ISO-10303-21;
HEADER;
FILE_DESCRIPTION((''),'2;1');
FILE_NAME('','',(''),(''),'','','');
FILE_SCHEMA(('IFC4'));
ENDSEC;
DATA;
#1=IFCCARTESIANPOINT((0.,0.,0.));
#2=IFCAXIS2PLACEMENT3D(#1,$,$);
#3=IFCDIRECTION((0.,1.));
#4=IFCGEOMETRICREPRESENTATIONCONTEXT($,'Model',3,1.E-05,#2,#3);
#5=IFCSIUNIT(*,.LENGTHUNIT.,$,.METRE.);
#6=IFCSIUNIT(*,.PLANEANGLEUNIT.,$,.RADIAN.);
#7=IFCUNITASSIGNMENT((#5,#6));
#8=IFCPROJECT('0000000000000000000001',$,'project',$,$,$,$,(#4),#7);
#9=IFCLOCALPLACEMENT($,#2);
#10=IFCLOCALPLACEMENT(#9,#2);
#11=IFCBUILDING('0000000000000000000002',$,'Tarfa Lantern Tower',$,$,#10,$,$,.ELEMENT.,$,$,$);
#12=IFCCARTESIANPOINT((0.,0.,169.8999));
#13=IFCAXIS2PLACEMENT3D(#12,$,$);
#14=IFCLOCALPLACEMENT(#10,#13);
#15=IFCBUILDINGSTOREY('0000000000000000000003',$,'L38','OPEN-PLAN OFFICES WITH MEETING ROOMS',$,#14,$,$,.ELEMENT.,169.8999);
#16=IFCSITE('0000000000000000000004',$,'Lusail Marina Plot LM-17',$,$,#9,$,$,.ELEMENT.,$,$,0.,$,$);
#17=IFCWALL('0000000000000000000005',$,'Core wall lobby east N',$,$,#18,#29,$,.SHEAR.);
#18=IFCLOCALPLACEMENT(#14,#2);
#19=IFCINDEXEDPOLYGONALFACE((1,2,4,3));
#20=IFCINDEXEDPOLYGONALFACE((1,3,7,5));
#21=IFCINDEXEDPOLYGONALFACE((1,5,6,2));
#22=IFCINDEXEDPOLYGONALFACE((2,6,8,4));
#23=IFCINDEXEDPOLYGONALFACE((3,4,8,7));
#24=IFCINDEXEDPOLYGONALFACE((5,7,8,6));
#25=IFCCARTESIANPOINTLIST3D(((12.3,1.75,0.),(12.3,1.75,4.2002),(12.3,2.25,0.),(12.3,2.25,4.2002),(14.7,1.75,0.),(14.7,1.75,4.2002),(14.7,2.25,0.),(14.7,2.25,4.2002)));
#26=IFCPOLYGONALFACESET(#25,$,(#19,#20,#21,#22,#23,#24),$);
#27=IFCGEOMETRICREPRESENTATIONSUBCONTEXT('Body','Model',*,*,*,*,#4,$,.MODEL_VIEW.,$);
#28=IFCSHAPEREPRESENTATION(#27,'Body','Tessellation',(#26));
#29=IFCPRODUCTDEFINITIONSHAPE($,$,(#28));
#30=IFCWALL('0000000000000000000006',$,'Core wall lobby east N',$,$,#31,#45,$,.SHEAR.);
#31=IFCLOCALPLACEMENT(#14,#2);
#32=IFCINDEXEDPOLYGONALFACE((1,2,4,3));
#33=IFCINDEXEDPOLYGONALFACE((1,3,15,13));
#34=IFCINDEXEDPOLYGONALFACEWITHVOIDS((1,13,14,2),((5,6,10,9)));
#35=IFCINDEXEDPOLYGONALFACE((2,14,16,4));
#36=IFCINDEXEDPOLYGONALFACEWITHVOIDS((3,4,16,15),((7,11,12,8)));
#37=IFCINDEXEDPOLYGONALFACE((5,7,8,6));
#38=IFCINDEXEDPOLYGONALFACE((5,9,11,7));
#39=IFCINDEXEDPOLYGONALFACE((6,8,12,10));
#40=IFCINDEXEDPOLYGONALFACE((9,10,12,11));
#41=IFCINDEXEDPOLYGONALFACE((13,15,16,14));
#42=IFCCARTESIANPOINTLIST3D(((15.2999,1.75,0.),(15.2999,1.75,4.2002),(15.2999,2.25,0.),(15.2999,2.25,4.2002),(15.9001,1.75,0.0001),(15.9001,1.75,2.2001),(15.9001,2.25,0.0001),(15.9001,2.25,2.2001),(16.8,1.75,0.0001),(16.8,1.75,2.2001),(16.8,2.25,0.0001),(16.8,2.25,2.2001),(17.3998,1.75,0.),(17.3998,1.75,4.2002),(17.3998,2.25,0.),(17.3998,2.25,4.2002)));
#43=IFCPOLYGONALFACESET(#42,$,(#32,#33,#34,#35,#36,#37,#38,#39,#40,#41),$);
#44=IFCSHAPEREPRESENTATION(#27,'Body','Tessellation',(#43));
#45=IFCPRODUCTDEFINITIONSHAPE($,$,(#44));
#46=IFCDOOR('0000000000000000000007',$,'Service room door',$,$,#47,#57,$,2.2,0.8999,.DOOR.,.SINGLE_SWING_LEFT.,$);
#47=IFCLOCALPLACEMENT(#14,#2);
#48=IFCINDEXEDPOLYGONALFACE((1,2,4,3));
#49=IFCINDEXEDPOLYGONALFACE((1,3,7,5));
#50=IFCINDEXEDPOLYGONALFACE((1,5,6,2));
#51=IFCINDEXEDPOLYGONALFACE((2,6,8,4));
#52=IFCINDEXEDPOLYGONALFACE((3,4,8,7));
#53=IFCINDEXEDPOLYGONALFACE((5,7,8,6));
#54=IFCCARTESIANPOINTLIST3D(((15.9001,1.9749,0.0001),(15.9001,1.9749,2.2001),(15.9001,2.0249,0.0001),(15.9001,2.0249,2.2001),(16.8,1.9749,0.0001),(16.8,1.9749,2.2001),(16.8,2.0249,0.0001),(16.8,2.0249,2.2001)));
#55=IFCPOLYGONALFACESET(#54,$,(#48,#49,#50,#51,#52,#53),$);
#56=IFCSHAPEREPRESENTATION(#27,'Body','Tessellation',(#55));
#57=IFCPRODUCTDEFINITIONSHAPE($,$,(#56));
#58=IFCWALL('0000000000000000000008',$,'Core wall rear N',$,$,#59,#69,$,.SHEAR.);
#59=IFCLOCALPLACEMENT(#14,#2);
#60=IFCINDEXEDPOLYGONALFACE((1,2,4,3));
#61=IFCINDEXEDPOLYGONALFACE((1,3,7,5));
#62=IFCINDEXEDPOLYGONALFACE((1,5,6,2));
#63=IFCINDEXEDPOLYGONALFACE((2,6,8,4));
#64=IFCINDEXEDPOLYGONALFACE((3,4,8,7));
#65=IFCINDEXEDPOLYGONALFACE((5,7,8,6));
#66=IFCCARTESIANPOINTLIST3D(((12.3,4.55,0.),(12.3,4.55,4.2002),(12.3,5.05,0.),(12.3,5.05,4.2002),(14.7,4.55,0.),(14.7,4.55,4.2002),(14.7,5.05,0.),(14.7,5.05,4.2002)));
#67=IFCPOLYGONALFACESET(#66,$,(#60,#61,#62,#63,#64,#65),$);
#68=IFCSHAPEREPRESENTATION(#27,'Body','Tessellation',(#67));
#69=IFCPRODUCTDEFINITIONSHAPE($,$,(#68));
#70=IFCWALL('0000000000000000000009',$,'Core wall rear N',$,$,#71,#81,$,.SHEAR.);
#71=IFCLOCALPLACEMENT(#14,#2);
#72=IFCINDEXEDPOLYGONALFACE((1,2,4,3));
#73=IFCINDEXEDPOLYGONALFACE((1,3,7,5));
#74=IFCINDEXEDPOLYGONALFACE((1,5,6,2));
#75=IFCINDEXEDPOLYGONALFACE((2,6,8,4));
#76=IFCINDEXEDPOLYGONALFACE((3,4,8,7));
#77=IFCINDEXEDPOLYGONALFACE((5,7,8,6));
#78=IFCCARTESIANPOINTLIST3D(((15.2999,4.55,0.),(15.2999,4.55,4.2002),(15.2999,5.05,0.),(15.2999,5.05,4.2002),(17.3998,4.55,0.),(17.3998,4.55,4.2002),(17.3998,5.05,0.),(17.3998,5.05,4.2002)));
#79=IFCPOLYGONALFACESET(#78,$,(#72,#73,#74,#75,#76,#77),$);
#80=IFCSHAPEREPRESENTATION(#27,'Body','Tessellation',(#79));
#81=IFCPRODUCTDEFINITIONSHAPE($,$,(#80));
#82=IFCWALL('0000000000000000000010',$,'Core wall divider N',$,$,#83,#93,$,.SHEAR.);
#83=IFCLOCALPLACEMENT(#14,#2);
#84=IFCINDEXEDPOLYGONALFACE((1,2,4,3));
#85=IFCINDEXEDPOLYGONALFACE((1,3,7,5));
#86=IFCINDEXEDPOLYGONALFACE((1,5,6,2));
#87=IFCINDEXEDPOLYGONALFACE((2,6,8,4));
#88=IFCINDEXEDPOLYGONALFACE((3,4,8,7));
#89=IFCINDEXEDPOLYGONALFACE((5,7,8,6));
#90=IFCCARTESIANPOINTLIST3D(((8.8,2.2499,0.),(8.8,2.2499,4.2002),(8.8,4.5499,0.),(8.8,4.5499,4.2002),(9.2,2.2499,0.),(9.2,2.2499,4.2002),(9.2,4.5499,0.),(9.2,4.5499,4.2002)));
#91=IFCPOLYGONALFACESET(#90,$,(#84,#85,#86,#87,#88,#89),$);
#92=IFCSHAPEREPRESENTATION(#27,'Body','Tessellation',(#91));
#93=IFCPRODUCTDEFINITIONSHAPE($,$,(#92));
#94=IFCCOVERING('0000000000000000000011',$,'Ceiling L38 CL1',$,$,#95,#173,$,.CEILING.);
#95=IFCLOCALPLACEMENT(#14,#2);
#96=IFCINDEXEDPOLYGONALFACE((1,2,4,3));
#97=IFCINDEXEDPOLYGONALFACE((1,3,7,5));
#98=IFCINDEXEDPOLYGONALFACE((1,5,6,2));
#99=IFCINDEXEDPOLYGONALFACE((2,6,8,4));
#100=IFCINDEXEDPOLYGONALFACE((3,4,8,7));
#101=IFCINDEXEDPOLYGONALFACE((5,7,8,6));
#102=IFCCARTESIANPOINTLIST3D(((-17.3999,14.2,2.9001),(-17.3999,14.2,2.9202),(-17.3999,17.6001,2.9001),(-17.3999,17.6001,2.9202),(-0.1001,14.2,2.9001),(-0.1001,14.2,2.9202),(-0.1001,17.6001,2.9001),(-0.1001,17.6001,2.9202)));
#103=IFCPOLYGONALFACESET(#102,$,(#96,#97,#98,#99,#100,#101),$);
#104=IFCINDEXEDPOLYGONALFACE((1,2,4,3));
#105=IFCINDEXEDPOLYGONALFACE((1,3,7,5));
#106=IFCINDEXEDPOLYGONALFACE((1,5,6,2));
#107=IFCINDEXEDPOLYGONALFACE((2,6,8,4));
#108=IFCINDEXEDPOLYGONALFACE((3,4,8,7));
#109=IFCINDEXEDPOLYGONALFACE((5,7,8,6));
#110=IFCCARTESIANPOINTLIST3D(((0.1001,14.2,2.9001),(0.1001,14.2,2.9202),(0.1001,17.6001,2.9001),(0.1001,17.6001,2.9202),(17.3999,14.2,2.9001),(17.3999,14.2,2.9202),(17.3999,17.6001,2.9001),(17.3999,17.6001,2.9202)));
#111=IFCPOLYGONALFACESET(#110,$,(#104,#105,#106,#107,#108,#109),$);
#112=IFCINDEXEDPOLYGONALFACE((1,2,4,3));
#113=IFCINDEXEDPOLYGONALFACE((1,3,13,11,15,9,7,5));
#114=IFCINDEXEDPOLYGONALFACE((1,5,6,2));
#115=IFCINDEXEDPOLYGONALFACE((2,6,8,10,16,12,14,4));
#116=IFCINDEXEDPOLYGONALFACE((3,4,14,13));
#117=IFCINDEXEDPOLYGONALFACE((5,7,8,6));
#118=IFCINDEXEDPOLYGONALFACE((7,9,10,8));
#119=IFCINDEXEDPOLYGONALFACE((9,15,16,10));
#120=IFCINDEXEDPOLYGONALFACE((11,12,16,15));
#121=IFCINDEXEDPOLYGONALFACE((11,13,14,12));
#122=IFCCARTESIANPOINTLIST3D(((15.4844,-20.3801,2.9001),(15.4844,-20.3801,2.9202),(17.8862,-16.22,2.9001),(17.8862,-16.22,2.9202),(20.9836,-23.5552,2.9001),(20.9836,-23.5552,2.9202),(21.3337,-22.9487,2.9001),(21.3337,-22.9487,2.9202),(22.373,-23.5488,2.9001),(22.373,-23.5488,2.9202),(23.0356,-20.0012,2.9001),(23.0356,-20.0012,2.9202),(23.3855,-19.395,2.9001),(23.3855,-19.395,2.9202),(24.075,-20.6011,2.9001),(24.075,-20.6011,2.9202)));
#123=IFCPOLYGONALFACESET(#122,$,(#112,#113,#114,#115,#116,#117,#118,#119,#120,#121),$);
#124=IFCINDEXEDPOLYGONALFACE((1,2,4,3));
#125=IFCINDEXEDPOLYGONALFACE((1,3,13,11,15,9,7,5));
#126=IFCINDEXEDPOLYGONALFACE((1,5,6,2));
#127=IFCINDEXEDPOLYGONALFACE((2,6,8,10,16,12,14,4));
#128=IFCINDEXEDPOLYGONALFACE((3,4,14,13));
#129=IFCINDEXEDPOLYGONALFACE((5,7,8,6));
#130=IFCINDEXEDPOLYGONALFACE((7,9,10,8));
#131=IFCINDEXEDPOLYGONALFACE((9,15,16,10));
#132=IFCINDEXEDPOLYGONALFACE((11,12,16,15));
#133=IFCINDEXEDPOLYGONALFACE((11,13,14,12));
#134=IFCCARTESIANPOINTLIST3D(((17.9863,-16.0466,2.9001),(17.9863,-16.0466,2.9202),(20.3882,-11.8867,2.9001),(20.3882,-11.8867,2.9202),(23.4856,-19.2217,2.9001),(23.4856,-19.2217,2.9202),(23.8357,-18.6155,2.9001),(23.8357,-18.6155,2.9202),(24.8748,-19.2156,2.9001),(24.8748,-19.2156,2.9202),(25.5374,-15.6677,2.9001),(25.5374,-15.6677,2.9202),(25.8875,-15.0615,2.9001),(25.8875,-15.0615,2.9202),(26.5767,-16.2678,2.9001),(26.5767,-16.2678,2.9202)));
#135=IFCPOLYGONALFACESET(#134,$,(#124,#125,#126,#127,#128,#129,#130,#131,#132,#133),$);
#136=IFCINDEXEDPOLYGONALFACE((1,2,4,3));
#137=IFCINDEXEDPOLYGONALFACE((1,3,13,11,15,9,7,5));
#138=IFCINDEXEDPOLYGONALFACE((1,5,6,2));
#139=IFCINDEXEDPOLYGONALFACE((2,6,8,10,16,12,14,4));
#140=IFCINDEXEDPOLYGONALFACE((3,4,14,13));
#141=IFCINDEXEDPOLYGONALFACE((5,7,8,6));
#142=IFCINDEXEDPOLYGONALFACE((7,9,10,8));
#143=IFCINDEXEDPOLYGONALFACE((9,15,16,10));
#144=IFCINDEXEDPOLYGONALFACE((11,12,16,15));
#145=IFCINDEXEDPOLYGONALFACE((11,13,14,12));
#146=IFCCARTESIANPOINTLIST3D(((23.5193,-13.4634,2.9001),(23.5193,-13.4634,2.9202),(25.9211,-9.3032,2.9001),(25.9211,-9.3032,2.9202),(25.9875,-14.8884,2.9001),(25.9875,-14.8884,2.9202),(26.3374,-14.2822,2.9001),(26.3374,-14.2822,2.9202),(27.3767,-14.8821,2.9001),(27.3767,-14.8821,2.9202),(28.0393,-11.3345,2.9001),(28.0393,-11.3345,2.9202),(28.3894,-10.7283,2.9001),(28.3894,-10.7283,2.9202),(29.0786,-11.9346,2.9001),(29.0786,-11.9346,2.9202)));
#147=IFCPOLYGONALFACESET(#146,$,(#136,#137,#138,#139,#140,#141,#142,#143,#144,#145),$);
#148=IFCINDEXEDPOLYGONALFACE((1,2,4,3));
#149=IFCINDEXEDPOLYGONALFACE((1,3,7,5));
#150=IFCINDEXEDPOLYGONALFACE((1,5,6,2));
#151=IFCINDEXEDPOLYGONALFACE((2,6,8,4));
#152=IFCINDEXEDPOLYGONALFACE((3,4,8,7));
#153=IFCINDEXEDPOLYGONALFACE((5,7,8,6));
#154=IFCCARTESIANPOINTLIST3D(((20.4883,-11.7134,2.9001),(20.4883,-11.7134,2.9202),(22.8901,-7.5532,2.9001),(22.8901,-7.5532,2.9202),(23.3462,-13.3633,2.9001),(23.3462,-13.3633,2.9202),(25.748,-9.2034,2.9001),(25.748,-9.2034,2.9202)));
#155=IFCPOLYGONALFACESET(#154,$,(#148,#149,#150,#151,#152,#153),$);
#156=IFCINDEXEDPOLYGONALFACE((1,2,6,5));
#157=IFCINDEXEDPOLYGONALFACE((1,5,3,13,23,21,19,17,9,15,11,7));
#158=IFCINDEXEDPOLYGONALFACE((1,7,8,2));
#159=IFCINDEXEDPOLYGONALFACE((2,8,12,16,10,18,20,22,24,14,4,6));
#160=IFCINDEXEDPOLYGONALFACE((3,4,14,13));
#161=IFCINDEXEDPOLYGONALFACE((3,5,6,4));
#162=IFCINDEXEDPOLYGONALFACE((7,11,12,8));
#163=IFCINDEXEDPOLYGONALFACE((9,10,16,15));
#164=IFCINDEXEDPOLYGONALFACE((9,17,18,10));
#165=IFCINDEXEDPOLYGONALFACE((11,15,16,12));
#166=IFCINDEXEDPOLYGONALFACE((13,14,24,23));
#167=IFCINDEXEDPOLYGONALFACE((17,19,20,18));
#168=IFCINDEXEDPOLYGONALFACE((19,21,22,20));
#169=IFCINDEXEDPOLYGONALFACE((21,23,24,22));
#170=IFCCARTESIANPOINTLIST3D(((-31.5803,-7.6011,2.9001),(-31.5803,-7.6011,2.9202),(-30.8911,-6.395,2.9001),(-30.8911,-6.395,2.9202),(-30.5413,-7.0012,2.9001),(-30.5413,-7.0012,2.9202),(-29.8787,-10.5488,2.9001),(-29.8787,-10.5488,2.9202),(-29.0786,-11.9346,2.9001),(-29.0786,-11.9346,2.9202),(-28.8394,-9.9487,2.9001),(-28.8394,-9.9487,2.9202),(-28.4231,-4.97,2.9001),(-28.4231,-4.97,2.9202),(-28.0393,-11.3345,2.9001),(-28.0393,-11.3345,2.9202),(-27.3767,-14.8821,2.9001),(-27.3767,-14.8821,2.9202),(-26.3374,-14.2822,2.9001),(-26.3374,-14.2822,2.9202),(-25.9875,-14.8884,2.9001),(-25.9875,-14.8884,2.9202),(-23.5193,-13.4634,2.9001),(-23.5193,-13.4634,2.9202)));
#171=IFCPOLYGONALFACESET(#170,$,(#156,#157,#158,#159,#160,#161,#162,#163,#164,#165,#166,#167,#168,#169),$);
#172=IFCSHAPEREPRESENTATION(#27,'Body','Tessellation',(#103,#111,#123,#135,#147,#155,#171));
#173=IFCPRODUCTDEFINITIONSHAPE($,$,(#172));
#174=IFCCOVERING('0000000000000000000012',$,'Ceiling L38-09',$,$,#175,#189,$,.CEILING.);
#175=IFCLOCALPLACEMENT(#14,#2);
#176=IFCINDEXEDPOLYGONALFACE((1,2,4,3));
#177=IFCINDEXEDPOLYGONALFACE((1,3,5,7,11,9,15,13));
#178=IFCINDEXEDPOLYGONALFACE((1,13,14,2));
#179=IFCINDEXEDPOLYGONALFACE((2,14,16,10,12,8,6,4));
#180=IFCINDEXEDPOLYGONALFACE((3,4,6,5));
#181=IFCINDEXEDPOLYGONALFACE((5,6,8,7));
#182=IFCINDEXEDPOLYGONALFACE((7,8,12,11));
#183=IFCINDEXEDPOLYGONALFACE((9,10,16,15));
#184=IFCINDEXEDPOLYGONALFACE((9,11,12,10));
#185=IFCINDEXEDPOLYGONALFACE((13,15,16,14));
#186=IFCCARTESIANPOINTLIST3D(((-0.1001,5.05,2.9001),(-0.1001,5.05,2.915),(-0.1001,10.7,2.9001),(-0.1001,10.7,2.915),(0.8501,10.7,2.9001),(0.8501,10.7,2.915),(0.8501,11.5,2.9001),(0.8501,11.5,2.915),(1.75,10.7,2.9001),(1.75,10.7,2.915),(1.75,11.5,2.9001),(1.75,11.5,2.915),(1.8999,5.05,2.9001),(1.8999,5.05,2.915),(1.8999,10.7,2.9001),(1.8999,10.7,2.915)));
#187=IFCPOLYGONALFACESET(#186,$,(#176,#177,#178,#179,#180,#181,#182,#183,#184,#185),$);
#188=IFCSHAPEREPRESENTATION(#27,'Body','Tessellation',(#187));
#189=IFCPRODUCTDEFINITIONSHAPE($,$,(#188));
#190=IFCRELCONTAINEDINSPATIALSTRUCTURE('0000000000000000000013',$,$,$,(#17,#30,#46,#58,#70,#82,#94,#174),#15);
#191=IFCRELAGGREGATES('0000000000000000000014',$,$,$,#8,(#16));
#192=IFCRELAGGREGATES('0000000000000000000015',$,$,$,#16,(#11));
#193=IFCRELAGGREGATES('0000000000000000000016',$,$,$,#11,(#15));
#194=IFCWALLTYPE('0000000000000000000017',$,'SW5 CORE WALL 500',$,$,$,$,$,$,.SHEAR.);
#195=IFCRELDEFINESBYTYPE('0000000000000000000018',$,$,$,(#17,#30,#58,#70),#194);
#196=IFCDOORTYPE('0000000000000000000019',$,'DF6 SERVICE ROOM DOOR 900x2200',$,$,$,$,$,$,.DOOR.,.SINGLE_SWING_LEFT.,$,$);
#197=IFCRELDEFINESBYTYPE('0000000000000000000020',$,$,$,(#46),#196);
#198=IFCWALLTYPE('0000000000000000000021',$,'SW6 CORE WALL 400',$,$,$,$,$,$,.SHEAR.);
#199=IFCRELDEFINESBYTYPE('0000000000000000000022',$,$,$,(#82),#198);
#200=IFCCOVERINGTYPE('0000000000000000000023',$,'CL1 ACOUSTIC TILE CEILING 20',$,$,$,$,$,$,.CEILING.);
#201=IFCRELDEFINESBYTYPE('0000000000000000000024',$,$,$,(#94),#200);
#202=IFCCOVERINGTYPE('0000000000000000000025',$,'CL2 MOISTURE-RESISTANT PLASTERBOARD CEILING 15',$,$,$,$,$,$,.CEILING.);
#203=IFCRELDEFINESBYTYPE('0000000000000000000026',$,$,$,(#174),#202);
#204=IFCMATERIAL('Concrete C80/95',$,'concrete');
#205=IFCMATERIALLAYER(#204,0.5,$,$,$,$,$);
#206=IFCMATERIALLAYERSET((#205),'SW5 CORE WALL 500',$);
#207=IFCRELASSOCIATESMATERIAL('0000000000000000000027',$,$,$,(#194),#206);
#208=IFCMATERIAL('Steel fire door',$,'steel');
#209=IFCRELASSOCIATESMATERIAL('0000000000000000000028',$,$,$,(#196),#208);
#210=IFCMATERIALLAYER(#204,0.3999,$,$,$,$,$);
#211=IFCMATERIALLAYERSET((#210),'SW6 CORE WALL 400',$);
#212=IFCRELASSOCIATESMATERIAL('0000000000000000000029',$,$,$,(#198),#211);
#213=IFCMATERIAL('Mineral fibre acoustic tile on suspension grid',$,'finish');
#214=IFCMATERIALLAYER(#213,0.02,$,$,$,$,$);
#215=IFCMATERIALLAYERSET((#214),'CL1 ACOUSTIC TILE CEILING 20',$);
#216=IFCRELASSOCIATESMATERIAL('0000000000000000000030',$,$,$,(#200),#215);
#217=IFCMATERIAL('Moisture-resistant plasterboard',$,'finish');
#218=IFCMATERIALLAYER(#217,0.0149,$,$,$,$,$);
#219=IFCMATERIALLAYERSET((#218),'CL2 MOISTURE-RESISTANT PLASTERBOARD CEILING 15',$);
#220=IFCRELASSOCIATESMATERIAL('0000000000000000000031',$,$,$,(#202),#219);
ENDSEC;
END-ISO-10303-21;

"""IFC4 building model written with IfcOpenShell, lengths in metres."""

from ifc_helpers import new_model, si_unit, direction, frame, frame_2d, origin, place, context, subcontext, project, spatial, polyline, rectangle, outline, extrude, material, layer, layer_set, type_object, element, fill, save


model = new_model("IFC4")

# Units and contexts
model_context = context("Model", 3, precision=1e-05, world=origin(), true_north=direction((0.0, 1.0)))
body_context = subcontext(model_context, "Body", "Model", "MODEL_VIEW")
ifc_project = project(units=[si_unit("LENGTHUNIT", "METRE"), si_unit("PLANEANGLEUNIT", "RADIAN")], contexts=[model_context])

# Site, building, storey
site_placement = place(None, origin())
site = spatial("IfcSite", under=ifc_project, at=site_placement, Name="Lusail Marina Plot LM-17", CompositionType="ELEMENT", RefElevation=0.0)
building_placement = place(site_placement, origin())
building = spatial("IfcBuilding", under=site, at=building_placement, Name="Tarfa Lantern Tower", CompositionType="ELEMENT")
storey_placement = place(building_placement, frame((0.0, 0.0, 169.8999)))
storey = spatial("IfcBuildingStorey", under=building, at=storey_placement, Name="L38", Description="OPEN-PLAN OFFICES WITH MEETING ROOMS", CompositionType="ELEMENT", Elevation=169.8999)

# Wall
ifc_material_1 = material(Name="Concrete C80/95", Category="concrete")
ifc_layer_1 = layer(ifc_material_1, 0.5)
ifc_layer_set_1 = layer_set([ifc_layer_1], Name="SW5 CORE WALL 500")
wall_type_1 = type_object("IfcWallType", Name="SW5 CORE WALL 500", PredefinedType="SHEAR", material=ifc_layer_set_1)
wall_1_placement = place(storey_placement, frame((12.3, 2.0, 0.0), z_axis=(0.0, 0.0, 1.0), x_axis=(1.0, 0.0, 0.0)))
element("IfcWall", 1, at=wall_1_placement, inside=storey, type_object=wall_type_1, Name="Core wall lobby east N", PredefinedType="SHEAR", context=body_context, shape_type="SweptSolid", body=[
    extrude(rectangle(XDim=2.3999, YDim=0.5, at=frame_2d((1.2, 0.0))), origin(), (0.0, 0.0, 1.0), 4.2002),
])

# Wall, opening, door
wall_2_placement = place(storey_placement, frame((15.3, 2.0, 0.0), z_axis=(0.0, 0.0, 1.0), x_axis=(1.0, 0.0, 0.0)))
wall_2 = element("IfcWall", 2, at=wall_2_placement, inside=storey, type_object=wall_type_1, Name="Core wall lobby east N", PredefinedType="SHEAR", context=body_context, shape_type="SweptSolid", body=[
    extrude(rectangle(XDim=2.0999, YDim=0.5, at=frame_2d((1.0498, 0.0))), origin(), (0.0, 0.0, 1.0), 4.2002),
])
opening_1_placement = place(wall_2_placement, frame((0.6001, 0.0, 0.0)))
opening_1 = element("IfcOpeningElement", 3, at=opening_1_placement, cuts=wall_2, PredefinedType="OPENING", context=body_context, shape_type="SweptSolid", body=[
    extrude(rectangle(XDim=0.8999, YDim=2.2, at=frame_2d((0.45, 1.1001))), frame((0.0, 0.26, 0.0), z_axis=(0.0, -1.0, 0.0), x_axis=(1.0, 0.0, 0.0)), (0.0, 0.0, 1.0), 0.52),
])
ifc_material_2 = material(Name="Steel fire door", Category="steel")
door_type_1 = type_object("IfcDoorType", Name="DF6 SERVICE ROOM DOOR 900x2200", OperationType="SINGLE_SWING_LEFT", PredefinedType="DOOR", material=ifc_material_2)
door_1_placement = place(opening_1_placement, origin())
door_1 = element("IfcDoor", 4, at=door_1_placement, inside=storey, type_object=door_type_1, Name="Service room door", OperationType="SINGLE_SWING_LEFT", OverallHeight=2.2, OverallWidth=0.8999, PredefinedType="DOOR", context=body_context, shape_type="SweptSolid", body=[
    extrude(rectangle(XDim=0.8999, YDim=2.2, at=frame_2d((0.45, 1.1001))), frame((0.0, 0.0249, 0.0), z_axis=(0.0, -1.0, 0.0), x_axis=(1.0, 0.0, 0.0)), (0.0, 0.0, 1.0), 0.05),
])
fill(opening_1, door_1)

# Walls
wall_3_placement = place(storey_placement, frame((12.3, 4.8, 0.0), z_axis=(0.0, 0.0, 1.0), x_axis=(1.0, 0.0, 0.0)))
element("IfcWall", 5, at=wall_3_placement, inside=storey, type_object=wall_type_1, Name="Core wall rear N", PredefinedType="SHEAR", context=body_context, shape_type="SweptSolid", body=[
    extrude(rectangle(XDim=2.3999, YDim=0.5, at=frame_2d((1.2, 0.0))), origin(), (0.0, 0.0, 1.0), 4.2002),
])
wall_4_placement = place(storey_placement, frame((15.3, 4.8, 0.0), z_axis=(0.0, 0.0, 1.0), x_axis=(1.0, 0.0, 0.0)))
element("IfcWall", 6, at=wall_4_placement, inside=storey, type_object=wall_type_1, Name="Core wall rear N", PredefinedType="SHEAR", context=body_context, shape_type="SweptSolid", body=[
    extrude(rectangle(XDim=2.0999, YDim=0.5, at=frame_2d((1.0498, 0.0))), origin(), (0.0, 0.0, 1.0), 4.2002),
])
ifc_layer_2 = layer(ifc_material_1, 0.3999)
ifc_layer_set_2 = layer_set([ifc_layer_2], Name="SW6 CORE WALL 400")
wall_type_2 = type_object("IfcWallType", Name="SW6 CORE WALL 400", PredefinedType="SHEAR", material=ifc_layer_set_2)
wall_5_placement = place(storey_placement, frame((9.0, 2.25, 0.0), z_axis=(0.0, 0.0, 1.0), x_axis=(0.0, 1.0, 0.0)))
element("IfcWall", 7, at=wall_5_placement, inside=storey, type_object=wall_type_2, Name="Core wall divider N", PredefinedType="SHEAR", context=body_context, shape_type="SweptSolid", body=[
    extrude(rectangle(XDim=2.3, YDim=0.3999, at=frame_2d((1.1499, 0.0))), origin(), (0.0, 0.0, 1.0), 4.2002),
])

# Coverings
ifc_material_3 = material(Name="Mineral fibre acoustic tile on suspension grid", Category="finish")
ifc_layer_3 = layer(ifc_material_3, 0.02)
ifc_layer_set_3 = layer_set([ifc_layer_3], Name="CL1 ACOUSTIC TILE CEILING 20")
covering_type_1 = type_object("IfcCoveringType", Name="CL1 ACOUSTIC TILE CEILING 20", PredefinedType="CEILING", material=ifc_layer_set_3)
covering_1_placement = place(storey_placement, frame((0.0, 0.0, 2.9001)))
element("IfcCovering", 8, at=covering_1_placement, inside=storey, type_object=covering_type_1, Name="Ceiling L38 CL1", PredefinedType="CEILING", context=body_context, shape_type="SweptSolid", body=[
    extrude(outline(polyline([(-17.3999, 17.6001), (-0.1001, 17.6001), (-0.1001, 14.2), (-17.3999, 14.2), (-17.3999, 17.6001)])), origin(), (0.0, 0.0, 1.0), 0.02),
    extrude(outline(polyline([(0.1001, 17.6001), (17.3999, 17.6001), (17.3999, 14.2), (0.1001, 14.2), (0.1001, 17.6001)])), origin(), (0.0, 0.0, 1.0), 0.02),
    extrude(outline(polyline([(17.8862, -16.22), (23.3855, -19.395), (23.0356, -20.0012), (24.075, -20.6011), (22.373, -23.5488), (21.3337, -22.9487), (20.9836, -23.5552), (15.4844, -20.3801), (17.8862, -16.22)])), origin(), (0.0, 0.0, 1.0), 0.02),
    extrude(outline(polyline([(20.3882, -11.8867), (25.8875, -15.0615), (25.5374, -15.6677), (26.5767, -16.2678), (24.8748, -19.2156), (23.8357, -18.6155), (23.4856, -19.2217), (17.9863, -16.0466), (20.3882, -11.8867)])), origin(), (0.0, 0.0, 1.0), 0.02),
    extrude(outline(polyline([(25.9211, -9.3032), (28.3894, -10.7283), (28.0393, -11.3345), (29.0786, -11.9346), (27.3767, -14.8821), (26.3374, -14.2822), (25.9875, -14.8884), (23.5193, -13.4634), (25.9211, -9.3032)])), origin(), (0.0, 0.0, 1.0), 0.02),
    extrude(outline(polyline([(22.8901, -7.5532), (25.748, -9.2034), (23.3462, -13.3633), (20.4883, -11.7134), (22.8901, -7.5532)])), origin(), (0.0, 0.0, 1.0), 0.02),
    extrude(outline(polyline([(-23.5193, -13.4634), (-25.9875, -14.8884), (-26.3374, -14.2822), (-27.3767, -14.8821), (-29.0786, -11.9346), (-28.0393, -11.3345), (-28.8394, -9.9487), (-29.8787, -10.5488), (-31.5803, -7.6011), (-30.5413, -7.0012), (-30.8911, -6.395), (-28.4231, -4.97), (-23.5193, -13.4634)])), origin(), (0.0, 0.0, 1.0), 0.02),
])
ifc_material_4 = material(Name="Moisture-resistant plasterboard", Category="finish")
ifc_layer_4 = layer(ifc_material_4, 0.0149)
ifc_layer_set_4 = layer_set([ifc_layer_4], Name="CL2 MOISTURE-RESISTANT PLASTERBOARD CEILING 15")
covering_type_2 = type_object("IfcCoveringType", Name="CL2 MOISTURE-RESISTANT PLASTERBOARD CEILING 15", PredefinedType="CEILING", material=ifc_layer_set_4)
covering_2_placement = place(storey_placement, frame((0.0, 0.0, 2.9001)))
element("IfcCovering", 9, at=covering_2_placement, inside=storey, type_object=covering_type_2, Name="Ceiling L38-09", PredefinedType="CEILING", context=body_context, shape_type="SweptSolid", body=[
    extrude(outline(polyline([(0.8501, 10.7), (-0.1001, 10.7), (-0.1001, 5.05), (1.8999, 5.05), (1.8999, 10.7), (1.75, 10.7), (1.75, 11.5), (1.75, 11.5), (0.8501, 11.5), (0.8501, 10.7)])), origin(), (0.0, 0.0, 1.0), 0.0149),
])

save(model, "model.ifc")
